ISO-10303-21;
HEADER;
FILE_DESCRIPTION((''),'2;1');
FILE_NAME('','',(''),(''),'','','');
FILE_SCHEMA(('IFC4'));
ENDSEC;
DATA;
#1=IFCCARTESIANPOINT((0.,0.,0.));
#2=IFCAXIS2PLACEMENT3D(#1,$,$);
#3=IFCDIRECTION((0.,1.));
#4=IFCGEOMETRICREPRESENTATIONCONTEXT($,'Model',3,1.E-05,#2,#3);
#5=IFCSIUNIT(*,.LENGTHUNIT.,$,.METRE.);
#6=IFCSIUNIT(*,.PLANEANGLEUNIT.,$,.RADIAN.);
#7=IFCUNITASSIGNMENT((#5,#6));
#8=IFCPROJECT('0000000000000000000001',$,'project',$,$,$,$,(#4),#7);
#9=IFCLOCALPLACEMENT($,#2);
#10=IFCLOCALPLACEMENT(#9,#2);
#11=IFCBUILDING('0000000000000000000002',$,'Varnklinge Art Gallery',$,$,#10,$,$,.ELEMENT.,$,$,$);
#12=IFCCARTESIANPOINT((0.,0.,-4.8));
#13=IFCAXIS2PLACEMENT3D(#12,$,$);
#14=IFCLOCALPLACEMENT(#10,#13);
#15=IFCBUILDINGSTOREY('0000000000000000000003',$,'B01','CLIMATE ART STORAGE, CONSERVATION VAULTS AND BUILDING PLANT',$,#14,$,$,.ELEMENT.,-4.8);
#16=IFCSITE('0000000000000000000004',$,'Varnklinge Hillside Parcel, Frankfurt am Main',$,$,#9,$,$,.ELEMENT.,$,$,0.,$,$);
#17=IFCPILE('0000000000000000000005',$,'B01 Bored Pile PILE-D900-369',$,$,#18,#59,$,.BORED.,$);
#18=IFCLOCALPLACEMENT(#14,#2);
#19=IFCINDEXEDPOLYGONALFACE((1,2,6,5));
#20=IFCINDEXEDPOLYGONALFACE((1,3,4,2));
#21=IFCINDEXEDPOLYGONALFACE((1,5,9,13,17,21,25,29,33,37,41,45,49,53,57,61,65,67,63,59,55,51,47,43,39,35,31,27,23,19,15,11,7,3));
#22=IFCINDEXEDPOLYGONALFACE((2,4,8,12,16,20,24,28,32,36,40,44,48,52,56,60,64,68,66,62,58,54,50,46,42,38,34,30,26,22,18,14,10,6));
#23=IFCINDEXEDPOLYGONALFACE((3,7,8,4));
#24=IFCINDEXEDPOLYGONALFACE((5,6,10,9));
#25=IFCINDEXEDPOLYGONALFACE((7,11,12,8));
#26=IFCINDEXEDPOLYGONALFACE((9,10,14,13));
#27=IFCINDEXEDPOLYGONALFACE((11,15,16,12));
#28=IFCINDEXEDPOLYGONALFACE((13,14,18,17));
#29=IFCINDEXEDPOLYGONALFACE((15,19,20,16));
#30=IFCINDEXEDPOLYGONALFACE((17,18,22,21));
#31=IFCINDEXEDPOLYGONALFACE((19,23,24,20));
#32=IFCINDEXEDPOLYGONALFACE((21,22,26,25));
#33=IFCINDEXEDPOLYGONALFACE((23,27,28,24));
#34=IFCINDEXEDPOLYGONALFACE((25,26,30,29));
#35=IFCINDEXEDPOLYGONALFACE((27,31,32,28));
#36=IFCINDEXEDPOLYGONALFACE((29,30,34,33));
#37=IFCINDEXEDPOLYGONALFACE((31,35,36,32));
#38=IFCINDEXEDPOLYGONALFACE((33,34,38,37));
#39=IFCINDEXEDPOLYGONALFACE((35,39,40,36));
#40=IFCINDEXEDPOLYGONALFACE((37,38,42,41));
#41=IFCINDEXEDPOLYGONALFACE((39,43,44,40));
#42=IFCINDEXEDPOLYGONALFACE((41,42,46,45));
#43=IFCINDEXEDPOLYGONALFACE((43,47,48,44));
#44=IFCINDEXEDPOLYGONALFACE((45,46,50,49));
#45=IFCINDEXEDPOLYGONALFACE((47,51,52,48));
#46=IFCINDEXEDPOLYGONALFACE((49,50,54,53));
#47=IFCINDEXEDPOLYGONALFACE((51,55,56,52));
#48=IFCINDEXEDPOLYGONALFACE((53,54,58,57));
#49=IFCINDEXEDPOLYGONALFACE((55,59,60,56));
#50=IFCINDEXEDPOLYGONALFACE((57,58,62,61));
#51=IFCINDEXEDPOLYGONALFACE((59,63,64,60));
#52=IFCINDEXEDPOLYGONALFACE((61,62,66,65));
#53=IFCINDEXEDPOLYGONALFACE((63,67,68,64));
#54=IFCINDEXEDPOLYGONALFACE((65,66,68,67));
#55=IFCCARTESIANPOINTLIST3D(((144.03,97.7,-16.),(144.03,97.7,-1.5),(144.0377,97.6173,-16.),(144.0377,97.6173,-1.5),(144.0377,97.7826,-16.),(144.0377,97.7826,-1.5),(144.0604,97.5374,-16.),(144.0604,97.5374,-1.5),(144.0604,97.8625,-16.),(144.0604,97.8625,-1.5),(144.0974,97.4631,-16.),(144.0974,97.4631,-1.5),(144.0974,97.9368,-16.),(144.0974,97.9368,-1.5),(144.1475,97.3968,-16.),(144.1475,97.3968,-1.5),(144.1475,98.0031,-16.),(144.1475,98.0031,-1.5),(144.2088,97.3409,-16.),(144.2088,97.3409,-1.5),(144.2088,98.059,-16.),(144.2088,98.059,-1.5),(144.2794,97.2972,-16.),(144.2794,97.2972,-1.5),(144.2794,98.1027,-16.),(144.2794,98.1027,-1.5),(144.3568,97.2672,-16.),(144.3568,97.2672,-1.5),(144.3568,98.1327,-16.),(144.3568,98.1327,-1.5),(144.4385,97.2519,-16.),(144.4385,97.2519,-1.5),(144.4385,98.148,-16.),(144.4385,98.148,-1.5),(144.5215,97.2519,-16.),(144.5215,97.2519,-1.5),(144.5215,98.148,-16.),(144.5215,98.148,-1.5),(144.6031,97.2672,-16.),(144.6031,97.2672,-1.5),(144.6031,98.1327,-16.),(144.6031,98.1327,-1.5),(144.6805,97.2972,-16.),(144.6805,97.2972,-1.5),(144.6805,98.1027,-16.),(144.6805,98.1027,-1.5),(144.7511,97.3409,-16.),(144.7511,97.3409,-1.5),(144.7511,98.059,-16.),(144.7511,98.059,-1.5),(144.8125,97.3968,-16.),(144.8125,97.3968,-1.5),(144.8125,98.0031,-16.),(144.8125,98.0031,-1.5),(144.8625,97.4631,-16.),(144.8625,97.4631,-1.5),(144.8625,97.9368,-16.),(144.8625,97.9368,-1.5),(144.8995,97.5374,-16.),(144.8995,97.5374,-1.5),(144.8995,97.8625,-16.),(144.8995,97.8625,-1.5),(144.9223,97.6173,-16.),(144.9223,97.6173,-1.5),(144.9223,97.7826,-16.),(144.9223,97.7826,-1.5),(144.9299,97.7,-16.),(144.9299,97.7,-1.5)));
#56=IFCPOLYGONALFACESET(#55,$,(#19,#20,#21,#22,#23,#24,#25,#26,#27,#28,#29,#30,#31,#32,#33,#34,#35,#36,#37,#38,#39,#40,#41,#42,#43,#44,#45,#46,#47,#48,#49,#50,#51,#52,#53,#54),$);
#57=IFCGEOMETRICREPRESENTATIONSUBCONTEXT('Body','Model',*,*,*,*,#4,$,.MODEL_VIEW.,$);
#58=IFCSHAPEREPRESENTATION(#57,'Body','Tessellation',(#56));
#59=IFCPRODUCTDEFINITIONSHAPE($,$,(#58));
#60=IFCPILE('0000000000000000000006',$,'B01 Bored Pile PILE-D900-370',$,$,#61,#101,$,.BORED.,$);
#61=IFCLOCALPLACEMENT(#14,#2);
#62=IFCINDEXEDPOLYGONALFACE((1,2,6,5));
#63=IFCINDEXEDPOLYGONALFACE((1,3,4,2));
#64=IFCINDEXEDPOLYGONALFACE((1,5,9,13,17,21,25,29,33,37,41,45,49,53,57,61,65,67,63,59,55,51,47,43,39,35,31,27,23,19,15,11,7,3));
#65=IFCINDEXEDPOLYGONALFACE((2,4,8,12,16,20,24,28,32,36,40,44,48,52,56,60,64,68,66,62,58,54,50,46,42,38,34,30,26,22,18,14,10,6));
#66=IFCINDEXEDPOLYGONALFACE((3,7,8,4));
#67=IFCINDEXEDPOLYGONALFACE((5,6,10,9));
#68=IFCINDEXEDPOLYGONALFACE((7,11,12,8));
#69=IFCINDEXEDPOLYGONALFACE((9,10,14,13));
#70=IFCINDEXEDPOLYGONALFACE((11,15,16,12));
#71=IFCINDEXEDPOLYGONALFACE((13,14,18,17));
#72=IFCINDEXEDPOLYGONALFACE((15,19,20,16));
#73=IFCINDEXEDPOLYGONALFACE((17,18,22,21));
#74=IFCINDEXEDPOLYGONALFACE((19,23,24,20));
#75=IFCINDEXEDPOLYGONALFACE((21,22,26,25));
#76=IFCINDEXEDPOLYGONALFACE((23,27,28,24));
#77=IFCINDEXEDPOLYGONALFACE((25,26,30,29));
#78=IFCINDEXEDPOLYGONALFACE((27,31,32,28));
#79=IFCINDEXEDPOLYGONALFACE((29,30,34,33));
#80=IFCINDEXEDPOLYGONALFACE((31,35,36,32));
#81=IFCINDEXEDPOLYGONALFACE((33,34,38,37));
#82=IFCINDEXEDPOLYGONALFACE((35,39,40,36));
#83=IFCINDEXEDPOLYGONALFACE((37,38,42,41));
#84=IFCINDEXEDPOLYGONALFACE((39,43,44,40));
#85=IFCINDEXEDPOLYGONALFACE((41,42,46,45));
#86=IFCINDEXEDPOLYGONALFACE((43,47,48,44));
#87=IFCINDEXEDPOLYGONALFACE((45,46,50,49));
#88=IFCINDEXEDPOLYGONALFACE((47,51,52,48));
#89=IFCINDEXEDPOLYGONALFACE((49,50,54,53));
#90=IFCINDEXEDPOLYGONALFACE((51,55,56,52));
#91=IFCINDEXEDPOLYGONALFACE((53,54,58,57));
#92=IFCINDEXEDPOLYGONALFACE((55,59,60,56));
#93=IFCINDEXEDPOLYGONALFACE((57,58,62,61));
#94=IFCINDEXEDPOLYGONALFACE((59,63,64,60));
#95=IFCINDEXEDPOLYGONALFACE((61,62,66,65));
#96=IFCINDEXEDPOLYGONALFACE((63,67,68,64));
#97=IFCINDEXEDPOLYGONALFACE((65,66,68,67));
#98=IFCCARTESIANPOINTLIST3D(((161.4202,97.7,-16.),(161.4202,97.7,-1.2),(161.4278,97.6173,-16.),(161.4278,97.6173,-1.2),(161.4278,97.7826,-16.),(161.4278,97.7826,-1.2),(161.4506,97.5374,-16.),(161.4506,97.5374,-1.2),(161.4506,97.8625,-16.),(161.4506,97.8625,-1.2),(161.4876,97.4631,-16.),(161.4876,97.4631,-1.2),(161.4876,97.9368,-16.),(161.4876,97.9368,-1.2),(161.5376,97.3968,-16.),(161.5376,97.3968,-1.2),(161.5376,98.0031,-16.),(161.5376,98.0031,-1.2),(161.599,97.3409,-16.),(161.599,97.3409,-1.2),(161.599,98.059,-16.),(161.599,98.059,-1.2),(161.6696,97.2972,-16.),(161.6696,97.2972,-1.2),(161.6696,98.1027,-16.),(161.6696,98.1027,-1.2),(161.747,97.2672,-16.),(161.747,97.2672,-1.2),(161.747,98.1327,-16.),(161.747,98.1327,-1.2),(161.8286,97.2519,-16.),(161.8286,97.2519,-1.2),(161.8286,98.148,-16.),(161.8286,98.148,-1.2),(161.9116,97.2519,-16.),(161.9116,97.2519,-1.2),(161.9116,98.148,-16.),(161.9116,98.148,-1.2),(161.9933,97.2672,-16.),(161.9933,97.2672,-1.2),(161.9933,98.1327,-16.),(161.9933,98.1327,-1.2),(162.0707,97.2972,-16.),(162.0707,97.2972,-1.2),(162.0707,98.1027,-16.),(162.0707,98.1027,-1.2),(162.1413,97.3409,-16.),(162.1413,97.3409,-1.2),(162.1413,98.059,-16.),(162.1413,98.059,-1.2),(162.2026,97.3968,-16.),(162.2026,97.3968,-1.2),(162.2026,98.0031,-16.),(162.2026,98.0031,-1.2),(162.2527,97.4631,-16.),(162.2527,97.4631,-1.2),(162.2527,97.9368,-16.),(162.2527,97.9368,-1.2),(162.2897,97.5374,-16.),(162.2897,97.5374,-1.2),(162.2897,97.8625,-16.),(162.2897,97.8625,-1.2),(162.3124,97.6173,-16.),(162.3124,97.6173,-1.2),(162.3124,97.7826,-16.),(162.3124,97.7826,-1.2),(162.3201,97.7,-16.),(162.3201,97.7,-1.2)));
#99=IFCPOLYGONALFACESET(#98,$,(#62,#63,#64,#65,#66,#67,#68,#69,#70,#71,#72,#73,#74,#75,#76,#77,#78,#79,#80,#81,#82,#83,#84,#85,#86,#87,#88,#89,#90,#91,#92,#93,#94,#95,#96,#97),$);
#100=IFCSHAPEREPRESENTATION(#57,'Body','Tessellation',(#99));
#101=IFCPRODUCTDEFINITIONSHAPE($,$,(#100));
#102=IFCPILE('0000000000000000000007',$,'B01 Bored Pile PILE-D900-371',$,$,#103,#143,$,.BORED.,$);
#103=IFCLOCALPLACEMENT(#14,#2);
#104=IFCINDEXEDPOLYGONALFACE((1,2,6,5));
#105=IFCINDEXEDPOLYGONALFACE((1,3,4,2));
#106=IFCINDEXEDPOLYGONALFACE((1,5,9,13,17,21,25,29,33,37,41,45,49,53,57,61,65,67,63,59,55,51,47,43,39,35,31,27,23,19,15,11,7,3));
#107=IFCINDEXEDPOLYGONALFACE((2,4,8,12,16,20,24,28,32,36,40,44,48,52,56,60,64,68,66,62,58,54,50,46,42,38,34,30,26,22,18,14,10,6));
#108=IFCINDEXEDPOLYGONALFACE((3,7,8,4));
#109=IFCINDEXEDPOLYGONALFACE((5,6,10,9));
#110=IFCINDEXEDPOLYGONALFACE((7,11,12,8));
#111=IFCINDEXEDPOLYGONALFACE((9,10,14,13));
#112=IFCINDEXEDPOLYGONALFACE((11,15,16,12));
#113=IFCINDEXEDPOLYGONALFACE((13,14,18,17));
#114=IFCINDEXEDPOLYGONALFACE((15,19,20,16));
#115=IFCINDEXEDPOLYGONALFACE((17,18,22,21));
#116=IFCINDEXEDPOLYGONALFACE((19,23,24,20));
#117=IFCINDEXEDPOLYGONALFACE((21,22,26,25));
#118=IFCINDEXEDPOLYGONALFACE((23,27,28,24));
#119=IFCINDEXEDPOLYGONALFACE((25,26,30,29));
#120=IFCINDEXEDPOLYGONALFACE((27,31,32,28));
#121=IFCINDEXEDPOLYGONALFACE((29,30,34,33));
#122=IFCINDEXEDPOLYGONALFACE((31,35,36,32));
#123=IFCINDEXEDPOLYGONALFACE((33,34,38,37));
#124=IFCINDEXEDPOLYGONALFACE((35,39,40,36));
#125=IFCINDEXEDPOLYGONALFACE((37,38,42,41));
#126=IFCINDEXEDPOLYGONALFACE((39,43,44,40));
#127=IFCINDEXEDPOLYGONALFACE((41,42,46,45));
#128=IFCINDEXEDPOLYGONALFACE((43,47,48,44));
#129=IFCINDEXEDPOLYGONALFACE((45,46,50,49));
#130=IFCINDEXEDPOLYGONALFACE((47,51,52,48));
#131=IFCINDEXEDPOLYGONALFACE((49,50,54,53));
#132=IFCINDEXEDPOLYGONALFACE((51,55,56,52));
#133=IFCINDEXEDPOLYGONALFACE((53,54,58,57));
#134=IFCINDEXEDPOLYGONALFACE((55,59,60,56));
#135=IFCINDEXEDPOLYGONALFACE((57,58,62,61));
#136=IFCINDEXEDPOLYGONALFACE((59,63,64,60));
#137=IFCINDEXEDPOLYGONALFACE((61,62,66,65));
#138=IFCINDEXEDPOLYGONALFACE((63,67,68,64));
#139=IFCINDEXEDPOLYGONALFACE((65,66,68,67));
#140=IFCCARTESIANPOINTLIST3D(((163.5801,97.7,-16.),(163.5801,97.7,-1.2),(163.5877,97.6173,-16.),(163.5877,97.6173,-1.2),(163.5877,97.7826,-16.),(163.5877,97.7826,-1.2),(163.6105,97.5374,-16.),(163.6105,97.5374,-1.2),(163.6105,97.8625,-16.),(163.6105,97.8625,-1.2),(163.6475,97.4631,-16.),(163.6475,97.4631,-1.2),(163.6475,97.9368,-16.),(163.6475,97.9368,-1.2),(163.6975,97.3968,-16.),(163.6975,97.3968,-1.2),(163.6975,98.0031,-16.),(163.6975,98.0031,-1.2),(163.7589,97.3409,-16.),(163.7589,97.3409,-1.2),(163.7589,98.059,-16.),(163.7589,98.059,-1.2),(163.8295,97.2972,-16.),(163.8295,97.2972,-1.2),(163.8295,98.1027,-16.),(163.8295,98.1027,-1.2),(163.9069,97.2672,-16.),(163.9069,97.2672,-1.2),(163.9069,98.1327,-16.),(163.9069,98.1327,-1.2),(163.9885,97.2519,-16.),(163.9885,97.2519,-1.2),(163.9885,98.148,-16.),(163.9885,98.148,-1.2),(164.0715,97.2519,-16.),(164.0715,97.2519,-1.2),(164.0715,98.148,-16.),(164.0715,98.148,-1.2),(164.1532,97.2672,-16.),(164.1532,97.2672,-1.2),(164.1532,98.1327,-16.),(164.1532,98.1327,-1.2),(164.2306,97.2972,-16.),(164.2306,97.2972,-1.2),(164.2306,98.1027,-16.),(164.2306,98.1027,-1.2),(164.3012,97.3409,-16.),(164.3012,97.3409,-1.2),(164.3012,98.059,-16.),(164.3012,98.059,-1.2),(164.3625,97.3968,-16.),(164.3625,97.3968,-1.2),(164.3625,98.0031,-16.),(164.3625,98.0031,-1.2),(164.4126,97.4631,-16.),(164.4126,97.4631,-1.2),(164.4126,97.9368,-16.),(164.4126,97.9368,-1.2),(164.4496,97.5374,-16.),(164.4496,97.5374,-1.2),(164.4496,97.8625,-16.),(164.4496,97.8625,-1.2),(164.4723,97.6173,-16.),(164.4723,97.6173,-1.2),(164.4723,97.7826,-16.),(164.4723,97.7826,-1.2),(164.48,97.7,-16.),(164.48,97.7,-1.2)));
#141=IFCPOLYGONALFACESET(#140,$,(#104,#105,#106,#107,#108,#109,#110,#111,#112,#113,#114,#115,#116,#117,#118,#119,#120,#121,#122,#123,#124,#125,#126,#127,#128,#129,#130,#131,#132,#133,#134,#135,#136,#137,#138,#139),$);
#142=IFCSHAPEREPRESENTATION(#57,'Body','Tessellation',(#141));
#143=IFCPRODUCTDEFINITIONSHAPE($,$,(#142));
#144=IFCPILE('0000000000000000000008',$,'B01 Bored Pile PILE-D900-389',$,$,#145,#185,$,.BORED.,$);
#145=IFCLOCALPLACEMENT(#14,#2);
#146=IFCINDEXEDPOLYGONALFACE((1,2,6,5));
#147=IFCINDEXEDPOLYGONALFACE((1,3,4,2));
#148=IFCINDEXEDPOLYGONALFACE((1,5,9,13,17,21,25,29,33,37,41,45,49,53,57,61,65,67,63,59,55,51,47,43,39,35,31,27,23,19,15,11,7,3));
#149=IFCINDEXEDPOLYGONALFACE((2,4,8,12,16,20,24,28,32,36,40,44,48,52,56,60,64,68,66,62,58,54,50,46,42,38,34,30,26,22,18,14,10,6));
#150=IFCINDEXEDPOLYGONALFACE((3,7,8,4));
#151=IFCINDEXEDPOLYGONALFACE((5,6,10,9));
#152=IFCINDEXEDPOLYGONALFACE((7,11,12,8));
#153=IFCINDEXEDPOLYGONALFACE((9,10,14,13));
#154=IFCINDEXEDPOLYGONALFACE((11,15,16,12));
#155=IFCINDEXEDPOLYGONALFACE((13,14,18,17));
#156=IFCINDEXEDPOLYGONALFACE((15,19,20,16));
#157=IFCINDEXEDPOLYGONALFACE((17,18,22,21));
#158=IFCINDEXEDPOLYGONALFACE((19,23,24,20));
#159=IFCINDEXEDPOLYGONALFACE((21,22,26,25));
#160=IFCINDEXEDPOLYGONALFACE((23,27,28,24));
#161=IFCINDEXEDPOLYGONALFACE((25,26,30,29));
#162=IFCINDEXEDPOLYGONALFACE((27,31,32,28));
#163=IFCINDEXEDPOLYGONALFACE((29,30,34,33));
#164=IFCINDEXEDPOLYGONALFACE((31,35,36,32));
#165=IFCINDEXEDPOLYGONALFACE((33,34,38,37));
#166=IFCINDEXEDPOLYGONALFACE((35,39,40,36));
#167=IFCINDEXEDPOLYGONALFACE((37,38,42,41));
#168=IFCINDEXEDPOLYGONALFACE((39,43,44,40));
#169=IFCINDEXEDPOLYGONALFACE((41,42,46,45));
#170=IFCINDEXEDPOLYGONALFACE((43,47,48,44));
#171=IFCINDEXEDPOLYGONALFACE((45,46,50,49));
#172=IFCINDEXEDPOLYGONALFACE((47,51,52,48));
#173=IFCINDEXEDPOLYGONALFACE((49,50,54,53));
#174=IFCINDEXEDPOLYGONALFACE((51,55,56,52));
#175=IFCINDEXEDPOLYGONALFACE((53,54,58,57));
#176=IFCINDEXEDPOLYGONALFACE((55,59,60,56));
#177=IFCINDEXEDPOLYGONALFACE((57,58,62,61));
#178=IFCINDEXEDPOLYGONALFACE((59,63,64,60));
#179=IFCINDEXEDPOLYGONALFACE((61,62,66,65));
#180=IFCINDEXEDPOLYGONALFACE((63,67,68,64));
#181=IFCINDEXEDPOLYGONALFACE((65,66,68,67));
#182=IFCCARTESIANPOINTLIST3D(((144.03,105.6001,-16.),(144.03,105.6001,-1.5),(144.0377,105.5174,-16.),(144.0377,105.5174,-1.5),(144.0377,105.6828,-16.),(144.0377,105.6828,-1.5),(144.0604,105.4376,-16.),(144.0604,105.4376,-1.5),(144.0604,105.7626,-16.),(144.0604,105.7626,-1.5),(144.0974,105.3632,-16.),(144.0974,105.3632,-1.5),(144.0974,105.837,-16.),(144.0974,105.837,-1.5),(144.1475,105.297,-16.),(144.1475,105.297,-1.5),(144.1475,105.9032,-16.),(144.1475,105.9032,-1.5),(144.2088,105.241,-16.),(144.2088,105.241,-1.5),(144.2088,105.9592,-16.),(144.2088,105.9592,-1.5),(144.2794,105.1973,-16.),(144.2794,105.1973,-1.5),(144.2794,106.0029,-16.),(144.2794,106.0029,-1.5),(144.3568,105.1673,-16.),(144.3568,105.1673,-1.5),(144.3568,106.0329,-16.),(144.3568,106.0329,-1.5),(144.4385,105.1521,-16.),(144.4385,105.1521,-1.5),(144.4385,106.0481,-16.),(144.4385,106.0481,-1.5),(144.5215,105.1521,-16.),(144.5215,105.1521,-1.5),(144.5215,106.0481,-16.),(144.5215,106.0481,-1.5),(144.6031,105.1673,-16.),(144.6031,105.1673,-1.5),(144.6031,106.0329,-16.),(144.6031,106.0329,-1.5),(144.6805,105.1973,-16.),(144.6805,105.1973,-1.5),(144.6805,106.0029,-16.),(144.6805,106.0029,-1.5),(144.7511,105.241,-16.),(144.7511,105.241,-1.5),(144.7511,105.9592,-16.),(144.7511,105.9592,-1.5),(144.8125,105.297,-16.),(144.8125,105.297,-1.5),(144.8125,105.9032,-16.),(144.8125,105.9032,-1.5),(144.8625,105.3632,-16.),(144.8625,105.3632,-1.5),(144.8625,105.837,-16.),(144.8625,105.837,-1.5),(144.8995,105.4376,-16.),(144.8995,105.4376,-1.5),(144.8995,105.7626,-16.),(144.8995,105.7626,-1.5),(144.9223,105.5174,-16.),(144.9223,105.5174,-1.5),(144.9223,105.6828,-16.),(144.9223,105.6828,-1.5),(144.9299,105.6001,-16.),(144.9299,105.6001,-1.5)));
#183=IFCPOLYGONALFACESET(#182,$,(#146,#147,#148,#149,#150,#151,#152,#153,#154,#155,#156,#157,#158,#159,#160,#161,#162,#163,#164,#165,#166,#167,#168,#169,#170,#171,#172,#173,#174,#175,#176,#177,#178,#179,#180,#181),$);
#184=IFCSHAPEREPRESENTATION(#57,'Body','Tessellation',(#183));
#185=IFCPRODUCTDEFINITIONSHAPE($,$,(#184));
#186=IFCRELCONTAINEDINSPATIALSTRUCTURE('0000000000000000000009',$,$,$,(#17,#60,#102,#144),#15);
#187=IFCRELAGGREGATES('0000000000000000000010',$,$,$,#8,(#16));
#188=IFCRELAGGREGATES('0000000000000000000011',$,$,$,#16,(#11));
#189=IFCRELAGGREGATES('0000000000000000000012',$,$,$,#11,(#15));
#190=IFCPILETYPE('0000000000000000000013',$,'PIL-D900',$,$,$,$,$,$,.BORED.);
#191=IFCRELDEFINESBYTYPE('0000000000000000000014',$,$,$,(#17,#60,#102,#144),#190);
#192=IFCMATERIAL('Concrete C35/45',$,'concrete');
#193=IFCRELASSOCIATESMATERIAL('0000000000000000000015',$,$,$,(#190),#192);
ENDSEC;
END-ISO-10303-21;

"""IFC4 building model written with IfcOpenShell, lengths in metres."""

from ifc_helpers import new_model, si_unit, direction, frame, origin, origin_2d, place, context, subcontext, project, spatial, circle, extrude, material, material_profile, profile_set, type_object, element, save


model = new_model("IFC4")

# Units and contexts
model_context = context("Model", 3, precision=1e-05, world=origin(), true_north=direction((0.0, 1.0)))
body_context = subcontext(model_context, "Body", "Model", "MODEL_VIEW")
ifc_project = project(units=[si_unit("LENGTHUNIT", "METRE"), si_unit("PLANEANGLEUNIT", "RADIAN")], contexts=[model_context])

# Site, building, storey
site_placement = place(None, origin())
site = spatial("IfcSite", under=ifc_project, at=site_placement, Name="Varnklinge Hillside Parcel, Frankfurt am Main", CompositionType="ELEMENT", RefElevation=0.0)
building_placement = place(site_placement, origin())
building = spatial("IfcBuilding", under=site, at=building_placement, Name="Varnklinge Art Gallery", CompositionType="ELEMENT")
storey_placement = place(building_placement, frame((0.0, 0.0, -4.8)))
storey = spatial("IfcBuildingStorey", under=building, at=storey_placement, Name="B01", Description="CLIMATE ART STORAGE, CONSERVATION VAULTS AND BUILDING PLANT", CompositionType="ELEMENT", Elevation=-4.8)

# Piles
ifc_material_1 = material(Name="Concrete C35/45", Category="concrete")
ifc_material_profile_1 = material_profile(ifc_material_1, circle(Radius=0.45, at=origin_2d()), Name="PILE D900")
ifc_profile_set_1 = profile_set([ifc_material_profile_1], Name="Concrete C35/45")
pile_type = type_object("IfcPileType", Name="PIL-D900", PredefinedType="BORED", material=ifc_profile_set_1)
pile_1_placement = place(storey_placement, frame((144.48, 97.7, -1.5), z_axis=(0.0, 0.0, -1.0), x_axis=(1.0, 0.0, 0.0)))
element("IfcPile", 1, at=pile_1_placement, inside=storey, type_object=pile_type, Name="B01 Bored Pile PILE-D900-369", PredefinedType="BORED", context=body_context, shape_type="SweptSolid", body=[
    extrude(circle(Radius=0.45, at=origin_2d()), origin(), (0.0, 0.0, 1.0), 14.5),
])
for number, where, z_axis, x_axis, name in (
    (2, (161.8701, 97.7, -1.2), (0.0, 0.0, -1.0), (1.0, 0.0, 0.0), "B01 Bored Pile PILE-D900-370"),
    (3, (164.03, 97.7, -1.2), (0.0, 0.0, -1.0), (1.0, 0.0, 0.0), "B01 Bored Pile PILE-D900-371"),
):
    element("IfcPile", number, at=place(storey_placement, frame(where, z_axis=z_axis, x_axis=x_axis)), inside=storey, type_object=pile_type, Name=name, PredefinedType="BORED", context=body_context, shape_type="SweptSolid", body=[
        extrude(circle(Radius=0.45, at=origin_2d()), origin(), (0.0, 0.0, 1.0), 14.8),
    ])
pile_2_placement = place(storey_placement, frame((144.48, 105.6001, -1.5), z_axis=(0.0, 0.0, -1.0), x_axis=(1.0, 0.0, 0.0)))
element("IfcPile", 4, at=pile_2_placement, inside=storey, type_object=pile_type, Name="B01 Bored Pile PILE-D900-389", PredefinedType="BORED", context=body_context, shape_type="SweptSolid", body=[
    extrude(circle(Radius=0.45, at=origin_2d()), origin(), (0.0, 0.0, 1.0), 14.5),
])

save(model, "model.ifc")
